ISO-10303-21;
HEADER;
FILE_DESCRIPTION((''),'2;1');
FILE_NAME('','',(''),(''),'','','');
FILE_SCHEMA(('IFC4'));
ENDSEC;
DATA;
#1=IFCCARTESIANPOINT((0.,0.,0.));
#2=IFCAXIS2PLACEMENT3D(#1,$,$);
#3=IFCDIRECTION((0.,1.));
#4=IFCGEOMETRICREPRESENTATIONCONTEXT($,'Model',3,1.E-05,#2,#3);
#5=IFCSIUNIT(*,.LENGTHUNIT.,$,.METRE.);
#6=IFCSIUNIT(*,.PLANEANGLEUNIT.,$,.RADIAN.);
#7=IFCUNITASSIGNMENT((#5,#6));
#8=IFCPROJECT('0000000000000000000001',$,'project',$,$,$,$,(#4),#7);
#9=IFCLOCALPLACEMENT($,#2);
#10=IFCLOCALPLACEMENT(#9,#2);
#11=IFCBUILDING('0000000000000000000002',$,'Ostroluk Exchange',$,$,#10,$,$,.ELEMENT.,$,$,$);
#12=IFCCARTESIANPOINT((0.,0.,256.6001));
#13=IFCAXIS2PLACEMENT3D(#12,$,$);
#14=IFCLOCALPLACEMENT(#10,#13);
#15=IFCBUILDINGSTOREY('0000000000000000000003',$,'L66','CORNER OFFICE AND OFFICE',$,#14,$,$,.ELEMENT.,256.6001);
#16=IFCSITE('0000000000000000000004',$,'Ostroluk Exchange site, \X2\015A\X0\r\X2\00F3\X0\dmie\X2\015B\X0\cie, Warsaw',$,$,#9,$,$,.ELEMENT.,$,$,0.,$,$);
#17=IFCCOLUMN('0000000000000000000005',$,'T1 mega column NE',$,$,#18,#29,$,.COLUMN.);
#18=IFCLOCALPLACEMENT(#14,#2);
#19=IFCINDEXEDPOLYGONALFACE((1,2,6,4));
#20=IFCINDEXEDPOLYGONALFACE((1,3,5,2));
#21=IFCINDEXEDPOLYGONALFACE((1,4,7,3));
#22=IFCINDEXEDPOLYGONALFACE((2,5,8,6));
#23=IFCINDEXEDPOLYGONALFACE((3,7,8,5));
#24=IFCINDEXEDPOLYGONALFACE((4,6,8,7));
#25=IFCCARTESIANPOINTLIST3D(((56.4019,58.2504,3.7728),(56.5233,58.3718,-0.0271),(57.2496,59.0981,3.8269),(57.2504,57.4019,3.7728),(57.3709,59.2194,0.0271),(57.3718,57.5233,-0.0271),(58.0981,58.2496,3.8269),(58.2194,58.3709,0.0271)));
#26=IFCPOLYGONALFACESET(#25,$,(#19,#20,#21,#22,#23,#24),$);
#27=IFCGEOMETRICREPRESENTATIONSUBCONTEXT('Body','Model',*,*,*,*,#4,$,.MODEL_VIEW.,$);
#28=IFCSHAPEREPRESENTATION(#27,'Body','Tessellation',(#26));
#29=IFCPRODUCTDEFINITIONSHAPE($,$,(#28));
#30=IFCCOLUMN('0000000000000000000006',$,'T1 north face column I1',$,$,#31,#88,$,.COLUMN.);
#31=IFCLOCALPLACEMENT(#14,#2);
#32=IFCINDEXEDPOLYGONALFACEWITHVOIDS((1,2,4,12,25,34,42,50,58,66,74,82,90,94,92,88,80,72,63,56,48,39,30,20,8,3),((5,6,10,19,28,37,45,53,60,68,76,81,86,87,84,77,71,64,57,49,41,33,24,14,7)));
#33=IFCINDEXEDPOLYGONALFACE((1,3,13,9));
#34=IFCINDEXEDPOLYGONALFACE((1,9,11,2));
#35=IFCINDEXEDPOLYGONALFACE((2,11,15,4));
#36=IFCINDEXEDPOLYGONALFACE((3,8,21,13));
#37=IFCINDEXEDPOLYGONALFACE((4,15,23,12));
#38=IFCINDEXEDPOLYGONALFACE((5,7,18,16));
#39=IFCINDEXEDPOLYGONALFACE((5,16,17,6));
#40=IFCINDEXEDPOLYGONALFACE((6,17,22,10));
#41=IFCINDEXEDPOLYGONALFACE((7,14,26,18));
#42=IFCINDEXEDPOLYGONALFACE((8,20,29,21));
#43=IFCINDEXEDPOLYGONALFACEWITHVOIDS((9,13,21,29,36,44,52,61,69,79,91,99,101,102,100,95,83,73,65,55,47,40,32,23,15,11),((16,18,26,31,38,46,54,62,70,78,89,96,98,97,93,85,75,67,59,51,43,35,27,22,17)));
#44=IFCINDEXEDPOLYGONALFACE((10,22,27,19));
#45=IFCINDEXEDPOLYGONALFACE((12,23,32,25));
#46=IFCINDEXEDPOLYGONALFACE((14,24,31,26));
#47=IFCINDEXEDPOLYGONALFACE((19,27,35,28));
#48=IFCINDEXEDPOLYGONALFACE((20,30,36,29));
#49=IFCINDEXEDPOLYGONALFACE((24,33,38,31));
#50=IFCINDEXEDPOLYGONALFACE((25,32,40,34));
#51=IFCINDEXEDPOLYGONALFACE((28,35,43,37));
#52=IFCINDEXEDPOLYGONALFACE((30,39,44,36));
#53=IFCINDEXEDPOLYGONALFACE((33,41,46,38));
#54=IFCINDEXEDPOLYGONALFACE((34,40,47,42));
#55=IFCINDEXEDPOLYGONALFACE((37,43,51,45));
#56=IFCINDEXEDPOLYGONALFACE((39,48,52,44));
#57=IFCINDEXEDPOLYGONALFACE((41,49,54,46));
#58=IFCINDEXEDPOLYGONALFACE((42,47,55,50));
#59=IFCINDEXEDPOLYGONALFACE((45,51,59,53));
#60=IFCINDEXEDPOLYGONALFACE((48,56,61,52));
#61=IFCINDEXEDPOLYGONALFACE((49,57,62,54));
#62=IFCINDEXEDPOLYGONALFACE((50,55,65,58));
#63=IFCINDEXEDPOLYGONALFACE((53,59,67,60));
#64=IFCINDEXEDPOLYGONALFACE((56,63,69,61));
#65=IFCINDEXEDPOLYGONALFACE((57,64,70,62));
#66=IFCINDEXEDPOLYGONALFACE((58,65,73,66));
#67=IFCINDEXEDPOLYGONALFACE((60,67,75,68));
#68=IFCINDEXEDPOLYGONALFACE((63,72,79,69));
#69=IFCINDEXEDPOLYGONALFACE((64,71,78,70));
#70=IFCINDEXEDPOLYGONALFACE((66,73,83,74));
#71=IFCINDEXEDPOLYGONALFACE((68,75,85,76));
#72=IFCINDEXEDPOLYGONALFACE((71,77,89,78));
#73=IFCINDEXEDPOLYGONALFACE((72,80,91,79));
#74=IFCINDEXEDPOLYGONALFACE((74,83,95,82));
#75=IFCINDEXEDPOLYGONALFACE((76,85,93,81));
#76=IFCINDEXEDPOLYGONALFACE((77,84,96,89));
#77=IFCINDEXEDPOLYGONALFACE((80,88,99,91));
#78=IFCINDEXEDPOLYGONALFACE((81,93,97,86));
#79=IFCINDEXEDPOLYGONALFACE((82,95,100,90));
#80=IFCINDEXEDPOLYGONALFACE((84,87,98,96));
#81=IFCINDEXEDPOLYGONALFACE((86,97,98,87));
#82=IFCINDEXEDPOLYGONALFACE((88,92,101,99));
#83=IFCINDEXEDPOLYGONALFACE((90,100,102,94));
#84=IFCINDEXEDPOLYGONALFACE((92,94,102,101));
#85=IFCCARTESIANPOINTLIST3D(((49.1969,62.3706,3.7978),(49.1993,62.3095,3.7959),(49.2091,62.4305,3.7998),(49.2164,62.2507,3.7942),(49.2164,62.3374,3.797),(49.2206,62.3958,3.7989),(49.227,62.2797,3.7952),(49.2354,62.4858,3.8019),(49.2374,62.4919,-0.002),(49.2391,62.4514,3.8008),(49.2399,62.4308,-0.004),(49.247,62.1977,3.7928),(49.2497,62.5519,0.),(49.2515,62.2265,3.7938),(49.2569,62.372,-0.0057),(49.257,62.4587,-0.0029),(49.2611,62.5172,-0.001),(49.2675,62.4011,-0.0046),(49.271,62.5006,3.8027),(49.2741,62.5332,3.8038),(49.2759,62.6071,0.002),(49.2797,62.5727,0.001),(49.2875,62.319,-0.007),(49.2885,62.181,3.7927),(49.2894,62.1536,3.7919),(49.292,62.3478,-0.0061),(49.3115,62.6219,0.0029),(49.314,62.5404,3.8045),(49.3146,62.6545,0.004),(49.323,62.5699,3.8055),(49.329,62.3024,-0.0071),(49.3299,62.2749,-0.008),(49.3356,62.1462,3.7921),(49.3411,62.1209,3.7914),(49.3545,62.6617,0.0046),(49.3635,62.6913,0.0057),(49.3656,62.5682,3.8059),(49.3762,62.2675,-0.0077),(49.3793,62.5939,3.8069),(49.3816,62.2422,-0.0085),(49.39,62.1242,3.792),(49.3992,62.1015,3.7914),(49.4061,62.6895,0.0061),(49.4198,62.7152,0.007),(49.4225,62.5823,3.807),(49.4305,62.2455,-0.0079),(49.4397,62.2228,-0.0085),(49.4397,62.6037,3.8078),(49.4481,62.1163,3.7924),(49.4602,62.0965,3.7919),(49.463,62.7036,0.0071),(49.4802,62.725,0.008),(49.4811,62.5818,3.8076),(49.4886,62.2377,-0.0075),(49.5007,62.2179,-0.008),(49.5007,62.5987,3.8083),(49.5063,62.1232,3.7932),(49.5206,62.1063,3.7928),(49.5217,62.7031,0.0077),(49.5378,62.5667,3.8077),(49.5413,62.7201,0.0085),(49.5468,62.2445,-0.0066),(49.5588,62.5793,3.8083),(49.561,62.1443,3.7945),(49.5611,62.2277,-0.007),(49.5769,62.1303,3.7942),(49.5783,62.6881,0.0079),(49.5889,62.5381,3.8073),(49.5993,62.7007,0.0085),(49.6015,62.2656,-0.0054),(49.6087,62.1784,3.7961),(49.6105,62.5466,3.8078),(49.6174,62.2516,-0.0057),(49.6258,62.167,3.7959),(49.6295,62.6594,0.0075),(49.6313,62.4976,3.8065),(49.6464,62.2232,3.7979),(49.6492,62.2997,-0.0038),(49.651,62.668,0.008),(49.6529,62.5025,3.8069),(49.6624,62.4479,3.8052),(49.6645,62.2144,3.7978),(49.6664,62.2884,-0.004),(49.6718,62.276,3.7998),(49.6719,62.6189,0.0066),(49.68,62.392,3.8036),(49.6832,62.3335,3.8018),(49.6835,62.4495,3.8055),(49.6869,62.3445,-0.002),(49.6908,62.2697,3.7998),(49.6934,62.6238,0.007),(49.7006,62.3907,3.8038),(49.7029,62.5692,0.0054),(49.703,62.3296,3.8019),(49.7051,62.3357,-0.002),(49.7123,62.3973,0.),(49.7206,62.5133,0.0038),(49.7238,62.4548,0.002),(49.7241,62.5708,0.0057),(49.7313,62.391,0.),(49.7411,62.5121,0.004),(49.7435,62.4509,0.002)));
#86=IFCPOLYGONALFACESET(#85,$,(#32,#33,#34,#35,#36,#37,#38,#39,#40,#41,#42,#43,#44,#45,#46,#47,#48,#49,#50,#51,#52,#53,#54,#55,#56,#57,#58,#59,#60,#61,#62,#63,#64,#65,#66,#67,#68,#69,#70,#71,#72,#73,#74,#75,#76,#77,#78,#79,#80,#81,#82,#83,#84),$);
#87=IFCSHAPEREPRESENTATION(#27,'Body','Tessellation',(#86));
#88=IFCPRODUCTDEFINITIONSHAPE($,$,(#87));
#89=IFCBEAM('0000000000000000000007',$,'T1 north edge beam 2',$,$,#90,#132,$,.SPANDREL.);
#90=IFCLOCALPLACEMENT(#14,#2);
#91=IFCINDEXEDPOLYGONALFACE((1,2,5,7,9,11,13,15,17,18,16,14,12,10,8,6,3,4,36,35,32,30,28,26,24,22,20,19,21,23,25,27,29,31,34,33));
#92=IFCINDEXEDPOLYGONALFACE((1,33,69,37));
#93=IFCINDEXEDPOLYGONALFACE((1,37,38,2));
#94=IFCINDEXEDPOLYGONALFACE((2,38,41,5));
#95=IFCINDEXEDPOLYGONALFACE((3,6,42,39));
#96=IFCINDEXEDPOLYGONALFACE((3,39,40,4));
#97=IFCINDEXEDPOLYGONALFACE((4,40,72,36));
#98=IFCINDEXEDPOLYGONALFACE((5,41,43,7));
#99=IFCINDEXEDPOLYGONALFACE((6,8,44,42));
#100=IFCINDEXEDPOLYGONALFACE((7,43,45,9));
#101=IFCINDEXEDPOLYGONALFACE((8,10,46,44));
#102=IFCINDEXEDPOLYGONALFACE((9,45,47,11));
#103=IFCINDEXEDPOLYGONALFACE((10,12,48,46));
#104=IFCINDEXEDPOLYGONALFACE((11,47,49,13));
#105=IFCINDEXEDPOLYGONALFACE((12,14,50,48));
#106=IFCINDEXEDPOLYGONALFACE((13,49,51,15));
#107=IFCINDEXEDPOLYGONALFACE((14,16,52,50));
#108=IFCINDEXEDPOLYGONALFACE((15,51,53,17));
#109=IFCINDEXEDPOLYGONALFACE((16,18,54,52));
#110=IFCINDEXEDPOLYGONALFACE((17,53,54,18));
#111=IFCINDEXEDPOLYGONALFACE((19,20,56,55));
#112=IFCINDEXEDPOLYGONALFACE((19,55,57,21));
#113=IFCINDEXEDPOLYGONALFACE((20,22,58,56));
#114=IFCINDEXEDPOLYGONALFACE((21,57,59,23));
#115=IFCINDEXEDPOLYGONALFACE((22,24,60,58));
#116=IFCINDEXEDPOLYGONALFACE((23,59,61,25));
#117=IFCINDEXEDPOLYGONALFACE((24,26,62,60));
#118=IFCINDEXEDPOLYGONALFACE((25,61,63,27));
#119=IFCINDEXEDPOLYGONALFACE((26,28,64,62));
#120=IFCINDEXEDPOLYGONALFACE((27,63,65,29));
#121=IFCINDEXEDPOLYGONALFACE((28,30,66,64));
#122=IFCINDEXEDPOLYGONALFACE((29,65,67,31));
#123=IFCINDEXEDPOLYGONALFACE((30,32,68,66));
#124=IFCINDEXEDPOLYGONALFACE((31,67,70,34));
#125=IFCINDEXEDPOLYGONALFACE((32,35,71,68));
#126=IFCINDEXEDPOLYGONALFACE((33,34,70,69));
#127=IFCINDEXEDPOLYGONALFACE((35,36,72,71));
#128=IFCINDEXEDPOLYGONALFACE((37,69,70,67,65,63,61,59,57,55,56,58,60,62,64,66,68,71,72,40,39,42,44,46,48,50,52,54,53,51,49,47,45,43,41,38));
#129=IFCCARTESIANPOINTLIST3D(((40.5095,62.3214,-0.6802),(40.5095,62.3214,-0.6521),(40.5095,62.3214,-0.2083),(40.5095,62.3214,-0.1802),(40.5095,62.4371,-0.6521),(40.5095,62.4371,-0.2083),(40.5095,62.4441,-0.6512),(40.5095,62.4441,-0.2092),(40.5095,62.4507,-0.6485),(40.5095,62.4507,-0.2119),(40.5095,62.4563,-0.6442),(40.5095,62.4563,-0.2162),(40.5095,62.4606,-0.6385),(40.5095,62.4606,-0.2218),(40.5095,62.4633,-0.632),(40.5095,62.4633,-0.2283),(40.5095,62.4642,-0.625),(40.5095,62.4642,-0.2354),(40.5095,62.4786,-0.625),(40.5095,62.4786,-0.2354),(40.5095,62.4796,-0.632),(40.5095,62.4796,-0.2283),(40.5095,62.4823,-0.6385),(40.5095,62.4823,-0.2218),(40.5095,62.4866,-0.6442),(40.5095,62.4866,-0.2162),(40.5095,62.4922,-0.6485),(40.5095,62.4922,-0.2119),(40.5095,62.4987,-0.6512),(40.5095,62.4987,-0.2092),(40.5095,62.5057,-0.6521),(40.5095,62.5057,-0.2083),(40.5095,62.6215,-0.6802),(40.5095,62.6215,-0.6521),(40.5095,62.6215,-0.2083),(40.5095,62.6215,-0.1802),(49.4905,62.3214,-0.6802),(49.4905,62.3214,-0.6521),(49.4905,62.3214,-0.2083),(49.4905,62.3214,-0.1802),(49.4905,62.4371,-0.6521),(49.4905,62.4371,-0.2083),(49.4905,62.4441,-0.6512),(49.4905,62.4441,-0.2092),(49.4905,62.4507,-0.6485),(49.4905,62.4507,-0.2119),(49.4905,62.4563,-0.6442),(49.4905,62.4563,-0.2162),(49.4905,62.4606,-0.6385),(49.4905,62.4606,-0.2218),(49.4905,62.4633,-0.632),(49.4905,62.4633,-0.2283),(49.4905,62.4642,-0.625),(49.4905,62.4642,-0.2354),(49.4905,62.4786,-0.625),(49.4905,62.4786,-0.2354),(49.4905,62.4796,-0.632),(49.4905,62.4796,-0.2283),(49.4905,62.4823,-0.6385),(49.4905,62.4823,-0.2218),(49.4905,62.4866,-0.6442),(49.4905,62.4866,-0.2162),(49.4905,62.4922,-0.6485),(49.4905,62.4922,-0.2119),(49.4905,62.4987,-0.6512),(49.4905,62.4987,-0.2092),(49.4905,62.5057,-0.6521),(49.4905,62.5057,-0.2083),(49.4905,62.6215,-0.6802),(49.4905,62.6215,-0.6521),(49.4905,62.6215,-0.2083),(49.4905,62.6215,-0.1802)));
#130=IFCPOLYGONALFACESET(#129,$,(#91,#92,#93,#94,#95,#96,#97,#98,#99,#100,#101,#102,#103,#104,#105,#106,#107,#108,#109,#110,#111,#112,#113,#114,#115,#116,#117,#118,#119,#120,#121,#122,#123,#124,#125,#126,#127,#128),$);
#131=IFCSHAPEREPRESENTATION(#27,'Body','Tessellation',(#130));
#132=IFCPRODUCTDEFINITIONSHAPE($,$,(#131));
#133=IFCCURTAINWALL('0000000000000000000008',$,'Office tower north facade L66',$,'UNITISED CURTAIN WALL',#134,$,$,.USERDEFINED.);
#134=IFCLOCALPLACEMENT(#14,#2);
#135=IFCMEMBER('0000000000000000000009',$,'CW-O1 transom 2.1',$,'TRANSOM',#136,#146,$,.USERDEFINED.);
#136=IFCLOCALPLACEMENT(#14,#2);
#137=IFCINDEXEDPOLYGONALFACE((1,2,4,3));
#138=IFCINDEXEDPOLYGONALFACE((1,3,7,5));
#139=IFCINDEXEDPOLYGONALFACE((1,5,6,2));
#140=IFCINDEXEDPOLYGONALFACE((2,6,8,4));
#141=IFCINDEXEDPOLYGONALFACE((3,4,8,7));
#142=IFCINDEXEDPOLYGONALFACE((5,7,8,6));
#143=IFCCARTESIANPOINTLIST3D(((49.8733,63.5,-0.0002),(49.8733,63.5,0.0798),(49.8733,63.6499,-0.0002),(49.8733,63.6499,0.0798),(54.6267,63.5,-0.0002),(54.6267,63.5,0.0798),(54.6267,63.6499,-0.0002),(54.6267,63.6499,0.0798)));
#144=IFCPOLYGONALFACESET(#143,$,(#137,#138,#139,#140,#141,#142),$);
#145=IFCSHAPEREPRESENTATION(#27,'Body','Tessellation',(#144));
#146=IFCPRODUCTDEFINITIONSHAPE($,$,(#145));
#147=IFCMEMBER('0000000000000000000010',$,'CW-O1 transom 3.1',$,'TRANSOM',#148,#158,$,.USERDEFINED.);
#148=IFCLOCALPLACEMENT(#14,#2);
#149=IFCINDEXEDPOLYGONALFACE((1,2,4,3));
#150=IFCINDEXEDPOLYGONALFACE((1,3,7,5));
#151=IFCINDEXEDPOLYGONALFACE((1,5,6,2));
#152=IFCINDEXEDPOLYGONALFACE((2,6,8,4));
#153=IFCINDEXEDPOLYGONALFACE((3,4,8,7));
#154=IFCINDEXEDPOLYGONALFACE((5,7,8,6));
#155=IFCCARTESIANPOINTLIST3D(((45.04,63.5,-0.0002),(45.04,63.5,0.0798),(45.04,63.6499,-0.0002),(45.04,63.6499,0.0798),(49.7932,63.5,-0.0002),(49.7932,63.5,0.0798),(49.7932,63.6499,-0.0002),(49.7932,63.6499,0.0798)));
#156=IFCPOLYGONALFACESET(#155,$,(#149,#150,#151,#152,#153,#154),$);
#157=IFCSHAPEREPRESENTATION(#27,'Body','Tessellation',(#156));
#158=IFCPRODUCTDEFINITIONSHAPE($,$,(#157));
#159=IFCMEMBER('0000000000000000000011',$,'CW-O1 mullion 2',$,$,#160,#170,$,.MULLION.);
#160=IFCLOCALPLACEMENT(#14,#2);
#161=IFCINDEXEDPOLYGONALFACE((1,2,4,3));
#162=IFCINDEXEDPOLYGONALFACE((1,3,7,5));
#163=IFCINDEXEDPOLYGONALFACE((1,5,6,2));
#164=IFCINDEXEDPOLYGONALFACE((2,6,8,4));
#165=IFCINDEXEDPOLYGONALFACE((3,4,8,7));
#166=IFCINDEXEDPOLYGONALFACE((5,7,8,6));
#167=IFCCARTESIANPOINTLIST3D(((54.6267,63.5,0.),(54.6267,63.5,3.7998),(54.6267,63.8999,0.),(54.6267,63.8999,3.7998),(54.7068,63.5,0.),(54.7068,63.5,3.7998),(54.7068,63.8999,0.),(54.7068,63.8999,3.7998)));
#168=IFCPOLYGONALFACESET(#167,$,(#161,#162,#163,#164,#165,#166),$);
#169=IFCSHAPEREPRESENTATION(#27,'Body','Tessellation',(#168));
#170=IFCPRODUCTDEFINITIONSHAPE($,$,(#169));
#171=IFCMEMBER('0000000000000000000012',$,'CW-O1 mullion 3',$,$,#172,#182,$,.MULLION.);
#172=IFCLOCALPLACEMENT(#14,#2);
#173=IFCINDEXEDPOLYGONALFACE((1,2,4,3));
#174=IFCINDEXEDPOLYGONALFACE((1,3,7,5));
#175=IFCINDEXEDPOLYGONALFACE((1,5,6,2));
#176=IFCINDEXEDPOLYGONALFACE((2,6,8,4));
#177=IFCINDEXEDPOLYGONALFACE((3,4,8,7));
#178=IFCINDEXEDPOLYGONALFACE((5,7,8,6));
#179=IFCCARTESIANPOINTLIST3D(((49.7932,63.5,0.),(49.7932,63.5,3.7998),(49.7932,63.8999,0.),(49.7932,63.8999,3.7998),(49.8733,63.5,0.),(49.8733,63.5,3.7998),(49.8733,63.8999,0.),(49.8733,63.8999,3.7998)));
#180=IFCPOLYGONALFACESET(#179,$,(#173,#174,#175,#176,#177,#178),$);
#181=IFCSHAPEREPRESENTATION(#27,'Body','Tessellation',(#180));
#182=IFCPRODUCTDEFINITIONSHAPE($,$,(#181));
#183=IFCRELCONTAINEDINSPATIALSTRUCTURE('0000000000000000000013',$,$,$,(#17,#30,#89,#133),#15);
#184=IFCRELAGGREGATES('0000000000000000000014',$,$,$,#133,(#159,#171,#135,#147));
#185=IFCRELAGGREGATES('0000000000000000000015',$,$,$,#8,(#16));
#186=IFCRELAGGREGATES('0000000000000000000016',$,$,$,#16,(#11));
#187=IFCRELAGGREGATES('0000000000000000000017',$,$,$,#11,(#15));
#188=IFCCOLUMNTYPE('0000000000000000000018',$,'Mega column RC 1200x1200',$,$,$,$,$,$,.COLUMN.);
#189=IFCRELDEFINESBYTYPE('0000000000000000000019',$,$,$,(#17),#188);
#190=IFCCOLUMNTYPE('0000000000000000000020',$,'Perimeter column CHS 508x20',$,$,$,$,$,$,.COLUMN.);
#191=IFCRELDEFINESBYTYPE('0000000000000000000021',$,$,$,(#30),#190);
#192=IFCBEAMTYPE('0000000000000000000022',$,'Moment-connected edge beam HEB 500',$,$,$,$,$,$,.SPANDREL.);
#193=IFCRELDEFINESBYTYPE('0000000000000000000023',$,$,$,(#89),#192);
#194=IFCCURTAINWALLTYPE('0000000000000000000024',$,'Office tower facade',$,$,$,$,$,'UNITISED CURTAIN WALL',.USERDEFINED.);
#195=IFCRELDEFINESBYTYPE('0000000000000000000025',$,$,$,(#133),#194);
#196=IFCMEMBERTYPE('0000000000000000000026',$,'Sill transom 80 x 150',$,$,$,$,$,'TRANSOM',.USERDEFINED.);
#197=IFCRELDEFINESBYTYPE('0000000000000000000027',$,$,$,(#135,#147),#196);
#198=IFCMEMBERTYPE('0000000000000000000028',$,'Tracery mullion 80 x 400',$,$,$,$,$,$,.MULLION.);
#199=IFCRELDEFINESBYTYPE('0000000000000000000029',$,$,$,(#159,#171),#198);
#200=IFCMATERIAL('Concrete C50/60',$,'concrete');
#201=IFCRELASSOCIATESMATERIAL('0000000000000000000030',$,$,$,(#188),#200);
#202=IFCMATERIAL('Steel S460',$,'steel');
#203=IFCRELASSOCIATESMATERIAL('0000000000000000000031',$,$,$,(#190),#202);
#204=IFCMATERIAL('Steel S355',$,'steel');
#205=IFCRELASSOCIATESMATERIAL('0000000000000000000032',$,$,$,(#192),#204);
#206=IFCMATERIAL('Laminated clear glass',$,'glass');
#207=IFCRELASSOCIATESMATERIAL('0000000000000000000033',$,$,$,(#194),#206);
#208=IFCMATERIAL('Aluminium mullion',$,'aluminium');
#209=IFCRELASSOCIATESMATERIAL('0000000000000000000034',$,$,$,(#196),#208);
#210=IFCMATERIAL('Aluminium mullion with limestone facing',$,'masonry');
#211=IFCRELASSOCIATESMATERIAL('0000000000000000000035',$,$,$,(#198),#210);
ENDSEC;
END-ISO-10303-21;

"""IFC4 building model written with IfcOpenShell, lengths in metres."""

from ifc_helpers import new_model, si_unit, direction, frame, origin, origin_2d, place, context, subcontext, project, spatial, rectangle, hollow_circle, i_section, extrude, material, material_profile, profile_set, type_object, element, aggregate, save


model = new_model("IFC4")

# Units and contexts
model_context = context("Model", 3, precision=1e-05, world=origin(), true_north=direction((0.0, 1.0)))
body_context = subcontext(model_context, "Body", "Model", "MODEL_VIEW")
ifc_project = project(units=[si_unit("LENGTHUNIT", "METRE"), si_unit("PLANEANGLEUNIT", "RADIAN")], contexts=[model_context])

# Site, building, storey
site_placement = place(None, origin())
site = spatial("IfcSite", under=ifc_project, at=site_placement, Name="Ostroluk Exchange site, Śródmieście, Warsaw", CompositionType="ELEMENT", RefElevation=0.0)
building_placement = place(site_placement, origin())
building = spatial("IfcBuilding", under=site, at=building_placement, Name="Ostroluk Exchange", CompositionType="ELEMENT")
storey_placement = place(building_placement, frame((0.0, 0.0, 256.6001)))
storey = spatial("IfcBuildingStorey", under=building, at=storey_placement, Name="L66", Description="CORNER OFFICE AND OFFICE", CompositionType="ELEMENT", Elevation=256.6001)

# Columns
ifc_material_1 = material(Name="Concrete C50/60", Category="concrete")
ifc_material_profile_1 = material_profile(ifc_material_1, rectangle(XDim=1.2, YDim=1.2, at=origin_2d()), Name="RC 1200x1200")
ifc_profile_set_1 = profile_set([ifc_material_profile_1], Name="Concrete C50/60")
column_type_1 = type_object("IfcColumnType", Name="Mega column RC 1200x1200", PredefinedType="COLUMN", material=ifc_profile_set_1)
column_1_placement = place(storey_placement, frame((57.3713, 58.3713, 0.0), z_axis=(-0.0319, -0.0319, 0.998982), x_axis=(0.707107, -0.707107, 0.0)))
element("IfcColumn", 1, at=column_1_placement, inside=storey, type_object=column_type_1, Name="T1 mega column NE", PredefinedType="COLUMN", context=body_context, shape_type="SweptSolid", body=[
    extrude(rectangle(XDim=1.2, YDim=1.2, at=origin_2d()), origin(), (0.0, 0.0, 1.0), 3.8037),
])
ifc_material_2 = material(Name="Steel S460", Category="steel")
ifc_material_profile_2 = material_profile(ifc_material_2, hollow_circle(Radius=0.2539, WallThickness=0.02, at=origin_2d()), Name="CHS 508x20")
ifc_profile_set_2 = profile_set([ifc_material_profile_2], Name="Steel S460")
column_type_2 = type_object("IfcColumnType", Name="Perimeter column CHS 508x20", PredefinedType="COLUMN", material=ifc_profile_set_2)
column_2_placement = place(storey_placement, frame((49.4905, 62.4714, 0.0), z_axis=(-0.01066, -0.031915, 0.999434), x_axis=(0.948492, -0.3168, 0.0)))
element("IfcColumn", 2, at=column_2_placement, inside=storey, type_object=column_type_2, Name="T1 north face column I1", PredefinedType="COLUMN", context=body_context, shape_type="SweptSolid", body=[
    extrude(hollow_circle(Radius=0.2539, WallThickness=0.02, at=origin_2d()), origin(), (0.0, 0.0, 1.0), 3.802),
])

# Beam
ifc_material_3 = material(Name="Steel S355", Category="steel")
ifc_material_profile_3 = material_profile(ifc_material_3, i_section(OverallWidth=0.3, OverallDepth=0.5, WebThickness=0.0144, FlangeThickness=0.0281, FilletRadius=0.0271, at=origin_2d()), Name="HEB 500")
ifc_profile_set_3 = profile_set([ifc_material_profile_3], Name="Steel S355")
beam_type = type_object("IfcBeamType", Name="Moment-connected edge beam HEB 500", PredefinedType="SPANDREL", material=ifc_profile_set_3)
beam_placement = place(storey_placement, frame((49.4905, 62.4714, -0.4302), z_axis=(-1.0, 0.0, 0.0), x_axis=(0.0, -1.0, 0.0)))
element("IfcBeam", 3, at=beam_placement, inside=storey, type_object=beam_type, Name="T1 north edge beam 2", PredefinedType="SPANDREL", context=body_context, shape_type="SweptSolid", body=[
    extrude(i_section(OverallWidth=0.3, OverallDepth=0.5, WebThickness=0.0144, FlangeThickness=0.0281, FilletRadius=0.0271, at=origin_2d()), origin(), (0.0, 0.0, 1.0), 8.981),
])

# Curtain wall, members
ifc_material_4 = material(Name="Laminated clear glass", Category="glass")
curtain_wall_type = type_object("IfcCurtainWallType", Name="Office tower facade", ElementType="UNITISED CURTAIN WALL", PredefinedType="USERDEFINED", material=ifc_material_4)
curtain_wall_placement = place(storey_placement, origin())
curtain_wall = element("IfcCurtainWall", 4, at=curtain_wall_placement, inside=storey, type_object=curtain_wall_type, Name="Office tower north facade L66", ObjectType="UNITISED CURTAIN WALL", PredefinedType="USERDEFINED")
ifc_material_5 = material(Name="Aluminium mullion", Category="aluminium")
ifc_material_profile_4 = material_profile(ifc_material_5, rectangle(XDim=0.1499, YDim=0.0801, at=origin_2d()), Name="Sill transom 80 x 150")
ifc_profile_set_4 = profile_set([ifc_material_profile_4], Name="Aluminium mullion")
member_type_1 = type_object("IfcMemberType", Name="Sill transom 80 x 150", ElementType="TRANSOM", PredefinedType="USERDEFINED", material=ifc_profile_set_4)
member_1_placement = place(storey_placement, frame((54.6267, 63.575, 0.0398), z_axis=(-1.0, 0.0, 0.0), x_axis=(0.0, -1.0, 0.0)))
member_1 = element("IfcMember", 5, at=member_1_placement, type_object=member_type_1, Name="CW-O1 transom 2.1", ObjectType="TRANSOM", PredefinedType="USERDEFINED", context=body_context, shape_type="SweptSolid", body=[
    extrude(rectangle(XDim=0.1499, YDim=0.0801, at=origin_2d()), origin(), (0.0, 0.0, 1.0), 4.7534),
])
member_2_placement = place(storey_placement, frame((49.7932, 63.575, 0.0398), z_axis=(-1.0, 0.0, 0.0), x_axis=(0.0, -1.0, 0.0)))
member_2 = element("IfcMember", 6, at=member_2_placement, type_object=member_type_1, Name="CW-O1 transom 3.1", ObjectType="TRANSOM", PredefinedType="USERDEFINED", context=body_context, shape_type="SweptSolid", body=[
    extrude(rectangle(XDim=0.1499, YDim=0.0801, at=origin_2d()), origin(), (0.0, 0.0, 1.0), 4.7532),
])
ifc_material_6 = material(Name="Aluminium mullion with limestone facing", Category="masonry")
ifc_material_profile_5 = material_profile(ifc_material_6, rectangle(XDim=0.3999, YDim=0.0801, at=origin_2d()), Name="Tracery mullion 80 x 400")
ifc_profile_set_5 = profile_set([ifc_material_profile_5], Name="Aluminium mullion with limestone facing")
member_type_2 = type_object("IfcMemberType", Name="Tracery mullion 80 x 400", PredefinedType="MULLION", material=ifc_profile_set_5)
member_3_placement = place(storey_placement, frame((54.6667, 63.7, 0.0), z_axis=(0.0, 0.0, 1.0), x_axis=(0.0, -1.0, 0.0)))
member_3 = element("IfcMember", 7, at=member_3_placement, type_object=member_type_2, Name="CW-O1 mullion 2", PredefinedType="MULLION", context=body_context, shape_type="SweptSolid", body=[
    extrude(rectangle(XDim=0.3999, YDim=0.0801, at=origin_2d()), origin(), (0.0, 0.0, 1.0), 3.7998),
])
member_4_placement = place(storey_placement, frame((49.8333, 63.7, 0.0), z_axis=(0.0, 0.0, 1.0), x_axis=(0.0, -1.0, 0.0)))
member_4 = element("IfcMember", 8, at=member_4_placement, type_object=member_type_2, Name="CW-O1 mullion 3", PredefinedType="MULLION", context=body_context, shape_type="SweptSolid", body=[
    extrude(rectangle(XDim=0.3999, YDim=0.0801, at=origin_2d()), origin(), (0.0, 0.0, 1.0), 3.7998),
])
aggregate(curtain_wall, [member_3, member_4, member_1, member_2])

save(model, "model.ifc")
